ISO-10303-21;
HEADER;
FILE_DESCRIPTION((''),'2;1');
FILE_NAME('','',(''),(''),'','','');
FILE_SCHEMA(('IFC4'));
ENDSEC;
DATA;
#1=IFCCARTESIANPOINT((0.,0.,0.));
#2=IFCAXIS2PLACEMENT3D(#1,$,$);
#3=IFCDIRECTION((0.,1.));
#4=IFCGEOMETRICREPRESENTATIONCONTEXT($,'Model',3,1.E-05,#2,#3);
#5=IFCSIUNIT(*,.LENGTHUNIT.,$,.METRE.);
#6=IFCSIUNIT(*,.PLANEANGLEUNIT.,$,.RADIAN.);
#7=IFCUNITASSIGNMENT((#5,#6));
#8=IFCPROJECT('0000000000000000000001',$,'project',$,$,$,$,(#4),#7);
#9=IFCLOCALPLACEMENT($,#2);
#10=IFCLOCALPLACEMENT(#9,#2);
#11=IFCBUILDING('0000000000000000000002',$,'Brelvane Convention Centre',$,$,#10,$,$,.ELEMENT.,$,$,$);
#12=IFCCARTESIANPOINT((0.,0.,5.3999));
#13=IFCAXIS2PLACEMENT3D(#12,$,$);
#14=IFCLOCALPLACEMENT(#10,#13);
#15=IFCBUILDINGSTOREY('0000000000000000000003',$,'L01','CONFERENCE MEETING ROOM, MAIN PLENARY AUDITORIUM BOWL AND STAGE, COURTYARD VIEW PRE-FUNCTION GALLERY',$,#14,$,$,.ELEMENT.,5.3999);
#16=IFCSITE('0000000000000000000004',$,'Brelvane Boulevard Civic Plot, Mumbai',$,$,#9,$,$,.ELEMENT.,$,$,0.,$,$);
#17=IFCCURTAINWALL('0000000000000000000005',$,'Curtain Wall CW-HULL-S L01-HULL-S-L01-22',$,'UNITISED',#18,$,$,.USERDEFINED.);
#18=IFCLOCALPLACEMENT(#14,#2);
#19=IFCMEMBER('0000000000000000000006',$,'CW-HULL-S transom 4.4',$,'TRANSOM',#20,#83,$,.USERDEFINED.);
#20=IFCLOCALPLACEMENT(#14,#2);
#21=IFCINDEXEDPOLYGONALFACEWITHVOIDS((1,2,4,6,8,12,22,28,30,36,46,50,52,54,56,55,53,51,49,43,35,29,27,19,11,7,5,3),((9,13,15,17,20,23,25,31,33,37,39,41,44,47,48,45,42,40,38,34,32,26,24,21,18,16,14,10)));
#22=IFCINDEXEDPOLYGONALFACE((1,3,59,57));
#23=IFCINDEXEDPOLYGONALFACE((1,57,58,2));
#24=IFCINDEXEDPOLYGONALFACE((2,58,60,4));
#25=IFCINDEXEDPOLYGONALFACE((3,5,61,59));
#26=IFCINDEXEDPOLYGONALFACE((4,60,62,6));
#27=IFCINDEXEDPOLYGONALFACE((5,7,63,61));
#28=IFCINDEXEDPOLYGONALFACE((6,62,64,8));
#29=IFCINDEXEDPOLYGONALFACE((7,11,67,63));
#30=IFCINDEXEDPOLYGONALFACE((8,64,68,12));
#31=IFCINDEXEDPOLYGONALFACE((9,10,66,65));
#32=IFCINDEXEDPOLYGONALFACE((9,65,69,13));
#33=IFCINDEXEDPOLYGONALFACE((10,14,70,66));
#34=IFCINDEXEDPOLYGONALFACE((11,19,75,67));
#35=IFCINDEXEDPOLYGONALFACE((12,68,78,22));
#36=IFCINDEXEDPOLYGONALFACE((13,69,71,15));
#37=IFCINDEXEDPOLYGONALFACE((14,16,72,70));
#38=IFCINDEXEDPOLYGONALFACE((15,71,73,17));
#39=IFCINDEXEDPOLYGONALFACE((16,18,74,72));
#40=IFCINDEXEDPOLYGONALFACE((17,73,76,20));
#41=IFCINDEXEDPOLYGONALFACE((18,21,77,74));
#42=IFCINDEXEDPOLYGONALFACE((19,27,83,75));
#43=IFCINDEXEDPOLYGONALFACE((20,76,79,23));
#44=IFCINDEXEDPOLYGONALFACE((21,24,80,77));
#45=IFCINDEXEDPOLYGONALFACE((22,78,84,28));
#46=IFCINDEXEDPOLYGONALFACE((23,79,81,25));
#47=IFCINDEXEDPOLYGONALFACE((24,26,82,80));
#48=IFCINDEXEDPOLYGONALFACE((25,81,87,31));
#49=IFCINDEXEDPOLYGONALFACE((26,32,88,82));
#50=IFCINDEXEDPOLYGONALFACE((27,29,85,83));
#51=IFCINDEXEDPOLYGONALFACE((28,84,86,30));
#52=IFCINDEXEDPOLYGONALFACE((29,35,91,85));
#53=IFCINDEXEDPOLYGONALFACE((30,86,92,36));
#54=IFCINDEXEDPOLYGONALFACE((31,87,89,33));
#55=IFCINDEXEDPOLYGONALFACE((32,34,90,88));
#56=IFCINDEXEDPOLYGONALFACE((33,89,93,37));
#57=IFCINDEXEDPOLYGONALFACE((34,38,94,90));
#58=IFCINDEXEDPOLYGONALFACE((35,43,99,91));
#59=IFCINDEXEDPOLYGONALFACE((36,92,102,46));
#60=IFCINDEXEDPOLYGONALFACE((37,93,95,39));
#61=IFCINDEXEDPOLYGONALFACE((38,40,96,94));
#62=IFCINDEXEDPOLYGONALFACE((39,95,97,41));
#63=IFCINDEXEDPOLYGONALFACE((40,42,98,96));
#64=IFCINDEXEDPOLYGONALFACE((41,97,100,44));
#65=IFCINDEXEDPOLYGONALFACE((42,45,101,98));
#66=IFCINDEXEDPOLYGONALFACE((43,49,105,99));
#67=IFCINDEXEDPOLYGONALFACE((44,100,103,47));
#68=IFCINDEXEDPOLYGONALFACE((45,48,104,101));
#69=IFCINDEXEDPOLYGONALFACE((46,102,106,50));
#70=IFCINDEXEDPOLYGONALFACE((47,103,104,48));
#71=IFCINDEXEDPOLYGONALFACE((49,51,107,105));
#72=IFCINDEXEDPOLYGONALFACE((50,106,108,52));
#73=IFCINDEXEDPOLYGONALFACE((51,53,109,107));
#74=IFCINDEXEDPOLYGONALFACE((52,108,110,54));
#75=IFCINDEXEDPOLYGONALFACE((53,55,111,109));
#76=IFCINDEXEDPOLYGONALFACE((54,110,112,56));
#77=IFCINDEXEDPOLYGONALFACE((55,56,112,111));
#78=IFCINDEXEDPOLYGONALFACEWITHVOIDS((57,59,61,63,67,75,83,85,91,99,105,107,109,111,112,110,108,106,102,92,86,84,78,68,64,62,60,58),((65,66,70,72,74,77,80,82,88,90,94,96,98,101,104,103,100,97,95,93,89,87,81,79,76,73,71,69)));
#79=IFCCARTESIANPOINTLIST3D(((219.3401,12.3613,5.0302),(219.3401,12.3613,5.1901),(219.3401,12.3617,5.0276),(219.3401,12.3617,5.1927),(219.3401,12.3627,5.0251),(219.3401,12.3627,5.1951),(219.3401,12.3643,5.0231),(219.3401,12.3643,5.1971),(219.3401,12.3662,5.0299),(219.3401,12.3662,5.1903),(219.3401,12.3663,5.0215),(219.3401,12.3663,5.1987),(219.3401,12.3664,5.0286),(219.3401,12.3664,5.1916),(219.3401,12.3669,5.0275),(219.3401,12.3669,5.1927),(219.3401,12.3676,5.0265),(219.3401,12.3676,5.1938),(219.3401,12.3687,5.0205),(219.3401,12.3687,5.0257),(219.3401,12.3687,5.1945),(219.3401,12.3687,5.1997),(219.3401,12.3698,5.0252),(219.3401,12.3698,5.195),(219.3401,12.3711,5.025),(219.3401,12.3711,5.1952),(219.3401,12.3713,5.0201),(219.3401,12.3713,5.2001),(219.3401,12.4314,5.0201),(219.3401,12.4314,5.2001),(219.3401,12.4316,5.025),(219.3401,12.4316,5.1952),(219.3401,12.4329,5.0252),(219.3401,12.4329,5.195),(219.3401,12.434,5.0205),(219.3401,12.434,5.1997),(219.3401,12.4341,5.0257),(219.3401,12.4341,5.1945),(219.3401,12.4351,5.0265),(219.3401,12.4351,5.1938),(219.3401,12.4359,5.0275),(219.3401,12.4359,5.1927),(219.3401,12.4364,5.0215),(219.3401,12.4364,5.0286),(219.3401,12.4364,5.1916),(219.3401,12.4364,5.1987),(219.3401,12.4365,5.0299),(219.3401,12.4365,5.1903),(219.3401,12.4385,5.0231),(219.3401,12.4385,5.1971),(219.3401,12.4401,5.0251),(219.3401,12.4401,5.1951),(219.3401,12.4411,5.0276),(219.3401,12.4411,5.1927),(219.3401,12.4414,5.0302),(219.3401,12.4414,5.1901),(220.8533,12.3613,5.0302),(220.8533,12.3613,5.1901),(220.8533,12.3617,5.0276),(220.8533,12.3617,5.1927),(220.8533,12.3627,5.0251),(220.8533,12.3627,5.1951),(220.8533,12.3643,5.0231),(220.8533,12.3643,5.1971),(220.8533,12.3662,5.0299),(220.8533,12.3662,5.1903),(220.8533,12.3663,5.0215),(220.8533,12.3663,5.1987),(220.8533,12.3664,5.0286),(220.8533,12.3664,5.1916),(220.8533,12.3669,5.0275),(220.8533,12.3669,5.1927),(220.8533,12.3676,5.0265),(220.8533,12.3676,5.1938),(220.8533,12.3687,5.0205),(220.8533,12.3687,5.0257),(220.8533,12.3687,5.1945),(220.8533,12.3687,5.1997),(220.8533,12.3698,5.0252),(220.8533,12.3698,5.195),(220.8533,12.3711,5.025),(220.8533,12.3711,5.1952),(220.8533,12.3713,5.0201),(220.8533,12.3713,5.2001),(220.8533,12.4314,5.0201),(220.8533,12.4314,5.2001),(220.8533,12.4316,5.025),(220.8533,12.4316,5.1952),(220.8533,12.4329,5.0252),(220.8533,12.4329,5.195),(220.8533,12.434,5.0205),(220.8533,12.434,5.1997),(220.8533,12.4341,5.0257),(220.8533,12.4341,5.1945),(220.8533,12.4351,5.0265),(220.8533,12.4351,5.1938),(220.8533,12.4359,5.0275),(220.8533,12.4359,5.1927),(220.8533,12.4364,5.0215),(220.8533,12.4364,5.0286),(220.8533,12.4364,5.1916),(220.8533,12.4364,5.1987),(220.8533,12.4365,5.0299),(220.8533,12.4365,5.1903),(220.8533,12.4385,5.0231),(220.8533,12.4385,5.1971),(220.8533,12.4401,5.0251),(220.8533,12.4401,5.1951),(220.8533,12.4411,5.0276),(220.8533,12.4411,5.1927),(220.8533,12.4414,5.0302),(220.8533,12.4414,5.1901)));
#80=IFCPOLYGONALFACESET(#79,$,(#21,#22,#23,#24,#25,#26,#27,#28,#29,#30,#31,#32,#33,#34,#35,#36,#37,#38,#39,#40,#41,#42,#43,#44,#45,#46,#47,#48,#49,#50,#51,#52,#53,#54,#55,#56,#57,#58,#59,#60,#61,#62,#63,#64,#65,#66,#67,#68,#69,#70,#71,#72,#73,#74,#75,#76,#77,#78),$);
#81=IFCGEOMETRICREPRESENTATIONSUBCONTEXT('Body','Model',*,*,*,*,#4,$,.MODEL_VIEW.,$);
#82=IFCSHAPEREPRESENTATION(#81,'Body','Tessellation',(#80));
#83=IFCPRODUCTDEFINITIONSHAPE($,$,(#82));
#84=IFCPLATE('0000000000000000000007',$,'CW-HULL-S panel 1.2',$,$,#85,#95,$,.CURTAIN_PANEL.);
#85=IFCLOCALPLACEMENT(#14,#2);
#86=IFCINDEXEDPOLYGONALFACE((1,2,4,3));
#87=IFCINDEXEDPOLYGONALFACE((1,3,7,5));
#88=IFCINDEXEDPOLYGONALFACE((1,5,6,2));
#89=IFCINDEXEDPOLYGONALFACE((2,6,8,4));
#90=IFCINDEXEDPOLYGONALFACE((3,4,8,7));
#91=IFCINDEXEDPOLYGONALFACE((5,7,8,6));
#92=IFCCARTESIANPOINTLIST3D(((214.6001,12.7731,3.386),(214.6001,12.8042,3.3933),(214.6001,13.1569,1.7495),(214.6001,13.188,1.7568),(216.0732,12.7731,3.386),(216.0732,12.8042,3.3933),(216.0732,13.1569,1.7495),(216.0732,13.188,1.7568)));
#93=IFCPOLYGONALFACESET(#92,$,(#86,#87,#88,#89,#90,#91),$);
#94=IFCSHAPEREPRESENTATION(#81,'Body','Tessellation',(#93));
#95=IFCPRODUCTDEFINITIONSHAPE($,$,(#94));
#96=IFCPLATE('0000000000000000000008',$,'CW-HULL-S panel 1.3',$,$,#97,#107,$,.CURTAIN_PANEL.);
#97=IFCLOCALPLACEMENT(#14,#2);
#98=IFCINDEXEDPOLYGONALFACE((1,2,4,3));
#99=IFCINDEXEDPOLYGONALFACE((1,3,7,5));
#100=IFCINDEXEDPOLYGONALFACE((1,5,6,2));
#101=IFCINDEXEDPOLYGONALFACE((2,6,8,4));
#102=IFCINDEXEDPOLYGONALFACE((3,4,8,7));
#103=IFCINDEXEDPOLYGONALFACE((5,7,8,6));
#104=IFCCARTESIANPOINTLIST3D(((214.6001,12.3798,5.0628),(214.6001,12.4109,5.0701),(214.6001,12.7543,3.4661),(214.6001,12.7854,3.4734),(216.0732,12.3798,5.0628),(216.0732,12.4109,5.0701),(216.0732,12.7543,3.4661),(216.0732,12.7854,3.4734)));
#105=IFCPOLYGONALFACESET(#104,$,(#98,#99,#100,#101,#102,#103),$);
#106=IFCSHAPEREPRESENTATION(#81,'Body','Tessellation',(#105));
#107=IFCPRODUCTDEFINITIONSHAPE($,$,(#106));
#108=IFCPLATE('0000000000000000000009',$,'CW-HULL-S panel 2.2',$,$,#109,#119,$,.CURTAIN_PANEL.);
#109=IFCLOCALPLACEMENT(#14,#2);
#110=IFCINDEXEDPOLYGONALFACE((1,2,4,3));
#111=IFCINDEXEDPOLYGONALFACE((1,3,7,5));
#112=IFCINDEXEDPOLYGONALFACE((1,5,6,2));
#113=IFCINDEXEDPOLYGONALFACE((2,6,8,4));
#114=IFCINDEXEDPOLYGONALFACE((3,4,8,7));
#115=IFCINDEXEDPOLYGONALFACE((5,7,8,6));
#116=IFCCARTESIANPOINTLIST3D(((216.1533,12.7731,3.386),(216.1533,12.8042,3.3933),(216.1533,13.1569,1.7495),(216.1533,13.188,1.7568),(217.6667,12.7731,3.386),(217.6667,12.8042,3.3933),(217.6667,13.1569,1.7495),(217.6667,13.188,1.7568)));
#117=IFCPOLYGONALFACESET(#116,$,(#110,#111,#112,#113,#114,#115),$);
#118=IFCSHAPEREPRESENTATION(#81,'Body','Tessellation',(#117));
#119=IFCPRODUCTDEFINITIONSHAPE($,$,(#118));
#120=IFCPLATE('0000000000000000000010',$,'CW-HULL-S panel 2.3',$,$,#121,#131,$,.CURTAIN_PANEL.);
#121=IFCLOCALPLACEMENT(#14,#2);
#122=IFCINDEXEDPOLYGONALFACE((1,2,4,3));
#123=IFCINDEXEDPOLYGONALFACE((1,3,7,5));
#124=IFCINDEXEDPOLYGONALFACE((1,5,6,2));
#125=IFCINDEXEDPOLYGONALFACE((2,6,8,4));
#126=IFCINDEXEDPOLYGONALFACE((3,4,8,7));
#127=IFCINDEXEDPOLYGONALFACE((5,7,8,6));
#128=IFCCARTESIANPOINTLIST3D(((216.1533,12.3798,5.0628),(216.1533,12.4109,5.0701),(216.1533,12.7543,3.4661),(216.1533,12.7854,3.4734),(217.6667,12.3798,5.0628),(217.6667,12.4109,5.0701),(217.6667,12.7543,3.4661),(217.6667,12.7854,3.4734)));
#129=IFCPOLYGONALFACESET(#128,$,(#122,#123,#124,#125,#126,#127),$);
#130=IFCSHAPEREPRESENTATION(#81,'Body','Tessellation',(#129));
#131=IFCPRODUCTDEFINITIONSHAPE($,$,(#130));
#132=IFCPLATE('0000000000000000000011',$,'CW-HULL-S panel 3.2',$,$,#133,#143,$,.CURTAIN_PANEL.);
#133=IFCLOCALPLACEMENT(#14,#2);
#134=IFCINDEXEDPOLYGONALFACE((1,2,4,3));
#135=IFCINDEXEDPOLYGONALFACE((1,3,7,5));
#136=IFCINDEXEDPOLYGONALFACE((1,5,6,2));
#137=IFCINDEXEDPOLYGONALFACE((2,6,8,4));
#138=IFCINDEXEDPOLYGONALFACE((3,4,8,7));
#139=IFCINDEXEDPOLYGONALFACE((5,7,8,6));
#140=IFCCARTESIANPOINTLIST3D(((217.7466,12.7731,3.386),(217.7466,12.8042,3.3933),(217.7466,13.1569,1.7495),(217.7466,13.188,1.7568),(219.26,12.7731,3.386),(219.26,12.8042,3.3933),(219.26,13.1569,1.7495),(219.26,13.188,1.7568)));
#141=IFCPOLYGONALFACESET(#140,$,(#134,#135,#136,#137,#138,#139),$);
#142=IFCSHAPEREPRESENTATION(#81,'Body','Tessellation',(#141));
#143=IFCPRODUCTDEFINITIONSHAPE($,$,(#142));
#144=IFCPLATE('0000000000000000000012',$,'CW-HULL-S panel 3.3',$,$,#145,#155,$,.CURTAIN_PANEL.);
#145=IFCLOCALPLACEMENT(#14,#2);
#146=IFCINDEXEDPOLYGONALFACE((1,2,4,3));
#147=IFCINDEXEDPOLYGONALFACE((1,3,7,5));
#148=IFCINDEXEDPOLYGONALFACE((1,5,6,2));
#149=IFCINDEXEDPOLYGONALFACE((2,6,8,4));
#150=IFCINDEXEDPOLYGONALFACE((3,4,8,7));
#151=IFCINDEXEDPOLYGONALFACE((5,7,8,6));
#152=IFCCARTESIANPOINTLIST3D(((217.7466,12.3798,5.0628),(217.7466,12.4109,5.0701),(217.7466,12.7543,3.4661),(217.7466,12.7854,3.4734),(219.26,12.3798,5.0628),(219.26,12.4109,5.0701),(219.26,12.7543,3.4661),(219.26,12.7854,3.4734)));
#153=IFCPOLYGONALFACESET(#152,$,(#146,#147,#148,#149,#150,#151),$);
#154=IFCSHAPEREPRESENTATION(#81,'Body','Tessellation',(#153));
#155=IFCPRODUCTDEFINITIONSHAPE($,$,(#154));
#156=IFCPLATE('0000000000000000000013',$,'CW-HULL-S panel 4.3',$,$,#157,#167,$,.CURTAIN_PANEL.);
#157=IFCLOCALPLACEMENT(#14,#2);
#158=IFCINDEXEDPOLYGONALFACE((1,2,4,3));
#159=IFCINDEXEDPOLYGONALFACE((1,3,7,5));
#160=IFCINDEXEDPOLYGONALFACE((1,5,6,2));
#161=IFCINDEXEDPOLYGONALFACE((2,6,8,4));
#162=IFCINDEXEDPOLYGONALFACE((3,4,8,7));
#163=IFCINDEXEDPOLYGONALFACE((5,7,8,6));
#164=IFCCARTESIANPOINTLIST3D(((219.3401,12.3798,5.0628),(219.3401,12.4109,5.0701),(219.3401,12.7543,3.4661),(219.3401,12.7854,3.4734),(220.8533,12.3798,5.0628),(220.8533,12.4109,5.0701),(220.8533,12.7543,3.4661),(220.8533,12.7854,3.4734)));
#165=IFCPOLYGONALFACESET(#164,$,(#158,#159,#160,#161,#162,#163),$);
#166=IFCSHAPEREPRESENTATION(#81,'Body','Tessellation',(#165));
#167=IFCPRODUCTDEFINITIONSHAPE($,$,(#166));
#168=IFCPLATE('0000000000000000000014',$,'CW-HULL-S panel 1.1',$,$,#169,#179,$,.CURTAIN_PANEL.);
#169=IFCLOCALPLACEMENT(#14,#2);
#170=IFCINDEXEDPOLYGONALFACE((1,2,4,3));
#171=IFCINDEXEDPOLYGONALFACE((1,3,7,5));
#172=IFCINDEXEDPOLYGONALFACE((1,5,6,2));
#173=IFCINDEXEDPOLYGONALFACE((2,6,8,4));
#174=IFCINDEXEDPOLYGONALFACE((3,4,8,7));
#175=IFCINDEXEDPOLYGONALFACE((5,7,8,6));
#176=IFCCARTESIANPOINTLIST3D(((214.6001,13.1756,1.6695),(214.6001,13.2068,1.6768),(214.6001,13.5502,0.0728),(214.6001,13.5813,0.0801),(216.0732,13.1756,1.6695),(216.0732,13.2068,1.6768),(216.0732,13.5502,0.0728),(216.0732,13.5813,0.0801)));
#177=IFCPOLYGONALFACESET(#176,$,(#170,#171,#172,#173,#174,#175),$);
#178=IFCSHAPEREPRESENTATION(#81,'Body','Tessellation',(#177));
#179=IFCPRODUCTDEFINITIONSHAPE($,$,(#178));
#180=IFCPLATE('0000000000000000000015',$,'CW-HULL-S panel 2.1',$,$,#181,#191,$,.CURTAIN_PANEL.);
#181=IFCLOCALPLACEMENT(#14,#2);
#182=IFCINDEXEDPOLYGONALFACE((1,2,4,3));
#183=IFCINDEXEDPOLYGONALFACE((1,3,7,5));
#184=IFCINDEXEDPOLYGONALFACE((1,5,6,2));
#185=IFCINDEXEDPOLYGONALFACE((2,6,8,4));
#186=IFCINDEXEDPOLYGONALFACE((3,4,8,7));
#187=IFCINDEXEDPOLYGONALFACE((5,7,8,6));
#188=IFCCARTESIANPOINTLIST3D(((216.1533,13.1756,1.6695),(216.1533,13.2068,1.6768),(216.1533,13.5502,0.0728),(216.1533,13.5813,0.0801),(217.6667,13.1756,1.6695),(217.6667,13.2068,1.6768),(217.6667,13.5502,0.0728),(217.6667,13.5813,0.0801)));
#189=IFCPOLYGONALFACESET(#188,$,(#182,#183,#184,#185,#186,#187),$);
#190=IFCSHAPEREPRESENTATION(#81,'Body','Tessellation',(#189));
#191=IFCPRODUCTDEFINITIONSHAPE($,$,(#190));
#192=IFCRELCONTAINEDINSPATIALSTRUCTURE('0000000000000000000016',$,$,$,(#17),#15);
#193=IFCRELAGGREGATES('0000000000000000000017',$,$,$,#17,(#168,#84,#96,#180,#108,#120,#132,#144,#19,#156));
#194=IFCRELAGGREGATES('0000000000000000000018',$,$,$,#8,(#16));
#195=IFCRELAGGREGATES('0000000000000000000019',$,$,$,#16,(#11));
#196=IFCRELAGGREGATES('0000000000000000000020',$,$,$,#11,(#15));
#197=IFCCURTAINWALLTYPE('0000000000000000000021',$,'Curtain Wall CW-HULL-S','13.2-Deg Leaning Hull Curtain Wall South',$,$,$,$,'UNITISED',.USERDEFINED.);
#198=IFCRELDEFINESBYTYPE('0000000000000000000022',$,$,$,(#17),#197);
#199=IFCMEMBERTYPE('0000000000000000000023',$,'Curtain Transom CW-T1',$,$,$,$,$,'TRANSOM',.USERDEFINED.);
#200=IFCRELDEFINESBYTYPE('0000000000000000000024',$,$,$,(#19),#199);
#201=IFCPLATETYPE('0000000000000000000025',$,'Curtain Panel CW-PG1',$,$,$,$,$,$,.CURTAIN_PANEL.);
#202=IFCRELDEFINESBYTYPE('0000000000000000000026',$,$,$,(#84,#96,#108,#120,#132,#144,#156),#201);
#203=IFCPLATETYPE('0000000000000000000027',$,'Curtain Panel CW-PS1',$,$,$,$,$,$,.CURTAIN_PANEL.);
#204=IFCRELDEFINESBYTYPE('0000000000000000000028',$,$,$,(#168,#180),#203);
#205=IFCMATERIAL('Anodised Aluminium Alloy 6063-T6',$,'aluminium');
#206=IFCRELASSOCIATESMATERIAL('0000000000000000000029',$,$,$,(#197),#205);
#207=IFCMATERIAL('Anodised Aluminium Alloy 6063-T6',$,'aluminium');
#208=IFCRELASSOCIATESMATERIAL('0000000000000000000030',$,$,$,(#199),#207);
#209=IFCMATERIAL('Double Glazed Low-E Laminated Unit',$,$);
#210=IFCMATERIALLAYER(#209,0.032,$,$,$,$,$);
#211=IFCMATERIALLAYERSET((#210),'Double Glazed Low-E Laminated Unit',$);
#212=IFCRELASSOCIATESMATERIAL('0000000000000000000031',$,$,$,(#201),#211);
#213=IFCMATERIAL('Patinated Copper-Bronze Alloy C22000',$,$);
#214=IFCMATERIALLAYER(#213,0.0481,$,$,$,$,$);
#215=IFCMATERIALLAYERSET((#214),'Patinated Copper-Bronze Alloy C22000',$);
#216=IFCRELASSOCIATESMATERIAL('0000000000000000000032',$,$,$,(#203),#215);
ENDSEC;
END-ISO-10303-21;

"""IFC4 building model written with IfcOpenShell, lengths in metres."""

from ifc_helpers import new_model, si_unit, direction, frame, origin, origin_2d, place, context, subcontext, project, spatial, polyline, hollow_rectangle, outline, extrude, material, layer, layer_set, material_profile, profile_set, type_object, element, aggregate, save


model = new_model("IFC4")

# Units and contexts
model_context = context("Model", 3, precision=1e-05, world=origin(), true_north=direction((0.0, 1.0)))
body_context = subcontext(model_context, "Body", "Model", "MODEL_VIEW")
ifc_project = project(units=[si_unit("LENGTHUNIT", "METRE"), si_unit("PLANEANGLEUNIT", "RADIAN")], contexts=[model_context])

# Site, building, storey
site_placement = place(None, origin())
site = spatial("IfcSite", under=ifc_project, at=site_placement, Name="Brelvane Boulevard Civic Plot, Mumbai", CompositionType="ELEMENT", RefElevation=0.0)
building_placement = place(site_placement, origin())
building = spatial("IfcBuilding", under=site, at=building_placement, Name="Brelvane Convention Centre", CompositionType="ELEMENT")
storey_placement = place(building_placement, frame((0.0, 0.0, 5.3999)))
storey = spatial("IfcBuildingStorey", under=building, at=storey_placement, Name="L01", Description="CONFERENCE MEETING ROOM, MAIN PLENARY AUDITORIUM BOWL AND STAGE, COURTYARD VIEW PRE-FUNCTION GALLERY", CompositionType="ELEMENT", Elevation=5.3999)

# Curtain wall, member, plates
ifc_material_1 = material(Name="Anodised Aluminium Alloy 6063-T6", Category="aluminium")
curtain_wall_type = type_object("IfcCurtainWallType", Name="Curtain Wall CW-HULL-S", Description="13.2-Deg Leaning Hull Curtain Wall South", ElementType="UNITISED", PredefinedType="USERDEFINED", material=ifc_material_1)
curtain_wall_placement = place(storey_placement, origin())
curtain_wall = element("IfcCurtainWall", 1, at=curtain_wall_placement, inside=storey, type_object=curtain_wall_type, Name="Curtain Wall CW-HULL-S L01-HULL-S-L01-22", ObjectType="UNITISED", PredefinedType="USERDEFINED")
ifc_material_2 = material(Name="Anodised Aluminium Alloy 6063-T6", Category="aluminium")
ifc_material_profile_1 = material_profile(ifc_material_2, hollow_rectangle(XDim=0.0801, YDim=0.1799, WallThickness=0.0049, InnerFilletRadius=0.0049, OuterFilletRadius=0.01, at=origin_2d()), Name="ALU-T 180x80x5.0")
ifc_profile_set_1 = profile_set([ifc_material_profile_1], Name="Anodised Aluminium Alloy 6063-T6")
member_type_1 = type_object("IfcMemberType", Name="Curtain Transom CW-T1", ElementType="TRANSOM", PredefinedType="USERDEFINED", material=ifc_profile_set_1)
member_1_placement = place(storey_placement, frame((219.3401, 12.4014, 5.1101), z_axis=(1.0, 0.0, 0.0), x_axis=(0.0, 1.0, 0.0)))
member_1 = element("IfcMember", 2, at=member_1_placement, type_object=member_type_1, Name="CW-HULL-S transom 4.4", ObjectType="TRANSOM", PredefinedType="USERDEFINED", context=body_context, shape_type="SweptSolid", body=[
    extrude(hollow_rectangle(XDim=0.0801, YDim=0.1799, WallThickness=0.0049, InnerFilletRadius=0.0049, OuterFilletRadius=0.01, at=origin_2d()), origin(), (0.0, 0.0, 1.0), 1.5132),
])
ifc_material_3 = material(Name="Double Glazed Low-E Laminated Unit")
ifc_layer_1 = layer(ifc_material_3, 0.032)
ifc_layer_set_1 = layer_set([ifc_layer_1], Name="Double Glazed Low-E Laminated Unit")
plate_type_1 = type_object("IfcPlateType", Name="Curtain Panel CW-PG1", PredefinedType="CURTAIN_PANEL", material=ifc_layer_set_1)
plate_1_placement = place(storey_placement, frame((214.6001, 13.188, 1.7568), z_axis=(0.0, 0.973585, 0.228327), x_axis=(1.0, 0.0, 0.0)))
plate_1 = element("IfcPlate", 3, at=plate_1_placement, type_object=plate_type_1, Name="CW-HULL-S panel 1.2", PredefinedType="CURTAIN_PANEL", context=body_context, shape_type="SweptSolid", body=[
    extrude(outline(polyline([(0.0, 0.0), (1.4731, 0.0), (1.4731, -1.6809), (0.0, -1.6809), (0.0, 0.0)])), origin(), (0.0, 0.0, -1.0), 0.032),
])
plate_2_placement = place(storey_placement, frame((214.6001, 12.7854, 3.4734), z_axis=(0.0, 0.973577, 0.228359), x_axis=(1.0, 0.0, 0.0)))
plate_2 = element("IfcPlate", 4, at=plate_2_placement, type_object=plate_type_1, Name="CW-HULL-S panel 1.3", PredefinedType="CURTAIN_PANEL", context=body_context, shape_type="SweptSolid", body=[
    extrude(outline(polyline([(0.0, 0.0), (1.4731, 0.0), (1.4731, -1.64), (0.0, -1.64), (0.0, 0.0)])), origin(), (0.0, 0.0, -1.0), 0.032),
])
plate_3_placement = place(storey_placement, frame((216.1533, 13.188, 1.7568), z_axis=(0.0, 0.973585, 0.228327), x_axis=(1.0, 0.0, 0.0)))
plate_3 = element("IfcPlate", 5, at=plate_3_placement, type_object=plate_type_1, Name="CW-HULL-S panel 2.2", PredefinedType="CURTAIN_PANEL", context=body_context, shape_type="SweptSolid", body=[
    extrude(outline(polyline([(0.0, 0.0), (1.5134, 0.0), (1.5134, -1.6809), (0.0, -1.6809), (0.0, 0.0)])), origin(), (0.0, 0.0, -1.0), 0.032),
])
plate_4_placement = place(storey_placement, frame((216.1533, 12.7854, 3.4734), z_axis=(0.0, 0.973577, 0.228359), x_axis=(1.0, 0.0, 0.0)))
plate_4 = element("IfcPlate", 6, at=plate_4_placement, type_object=plate_type_1, Name="CW-HULL-S panel 2.3", PredefinedType="CURTAIN_PANEL", context=body_context, shape_type="SweptSolid", body=[
    extrude(outline(polyline([(0.0, 0.0), (1.5134, 0.0), (1.5134, -1.64), (0.0, -1.64), (0.0, 0.0)])), origin(), (0.0, 0.0, -1.0), 0.032),
])
plate_5_placement = place(storey_placement, frame((217.7466, 13.188, 1.7568), z_axis=(0.0, 0.973585, 0.228327), x_axis=(1.0, 0.0, 0.0)))
plate_5 = element("IfcPlate", 7, at=plate_5_placement, type_object=plate_type_1, Name="CW-HULL-S panel 3.2", PredefinedType="CURTAIN_PANEL", context=body_context, shape_type="SweptSolid", body=[
    extrude(outline(polyline([(0.0, 0.0), (1.5134, 0.0), (1.5134, -1.6809), (0.0, -1.6809), (0.0, 0.0)])), origin(), (0.0, 0.0, -1.0), 0.032),
])
plate_6_placement = place(storey_placement, frame((217.7466, 12.7854, 3.4734), z_axis=(0.0, 0.973577, 0.228359), x_axis=(1.0, 0.0, 0.0)))
plate_6 = element("IfcPlate", 8, at=plate_6_placement, type_object=plate_type_1, Name="CW-HULL-S panel 3.3", PredefinedType="CURTAIN_PANEL", context=body_context, shape_type="SweptSolid", body=[
    extrude(outline(polyline([(0.0, 0.0), (1.5134, 0.0), (1.5134, -1.64), (0.0, -1.64), (0.0, 0.0)])), origin(), (0.0, 0.0, -1.0), 0.032),
])
plate_7_placement = place(storey_placement, frame((219.3401, 12.7854, 3.4734), z_axis=(0.0, 0.973577, 0.228359), x_axis=(1.0, 0.0, 0.0)))
plate_7 = element("IfcPlate", 9, at=plate_7_placement, type_object=plate_type_1, Name="CW-HULL-S panel 4.3", PredefinedType="CURTAIN_PANEL", context=body_context, shape_type="SweptSolid", body=[
    extrude(outline(polyline([(0.0, 0.0), (1.5132, 0.0), (1.5132, -1.64), (0.0, -1.64), (0.0, 0.0)])), origin(), (0.0, 0.0, -1.0), 0.032),
])
ifc_material_4 = material(Name="Patinated Copper-Bronze Alloy C22000")
ifc_layer_2 = layer(ifc_material_4, 0.0481)
ifc_layer_set_2 = layer_set([ifc_layer_2], Name="Patinated Copper-Bronze Alloy C22000")
plate_type_2 = type_object("IfcPlateType", Name="Curtain Panel CW-PS1", PredefinedType="CURTAIN_PANEL", material=ifc_layer_set_2)
plate_8_placement = place(storey_placement, frame((214.6001, 13.5813, 0.0801), z_axis=(0.0, 0.973577, 0.228359), x_axis=(1.0, 0.0, 0.0)))
plate_8 = element("IfcPlate", 10, at=plate_8_placement, type_object=plate_type_2, Name="CW-HULL-S panel 1.1", PredefinedType="CURTAIN_PANEL", context=body_context, shape_type="SweptSolid", body=[
    extrude(outline(polyline([(0.0, 0.0), (1.4731, 0.0), (1.4731, -1.64), (0.0, -1.64), (0.0, 0.0)])), origin(), (0.0, 0.0, -1.0), 0.032),
])
plate_9_placement = place(storey_placement, frame((216.1533, 13.5813, 0.0801), z_axis=(0.0, 0.973577, 0.228359), x_axis=(1.0, 0.0, 0.0)))
plate_9 = element("IfcPlate", 11, at=plate_9_placement, type_object=plate_type_2, Name="CW-HULL-S panel 2.1", PredefinedType="CURTAIN_PANEL", context=body_context, shape_type="SweptSolid", body=[
    extrude(outline(polyline([(0.0, 0.0), (1.5134, 0.0), (1.5134, -1.64), (0.0, -1.64), (0.0, 0.0)])), origin(), (0.0, 0.0, -1.0), 0.032),
])
aggregate(curtain_wall, [plate_8, plate_1, plate_2, plate_9, plate_3, plate_4, plate_5, plate_6, member_1, plate_7])

save(model, "model.ifc")
